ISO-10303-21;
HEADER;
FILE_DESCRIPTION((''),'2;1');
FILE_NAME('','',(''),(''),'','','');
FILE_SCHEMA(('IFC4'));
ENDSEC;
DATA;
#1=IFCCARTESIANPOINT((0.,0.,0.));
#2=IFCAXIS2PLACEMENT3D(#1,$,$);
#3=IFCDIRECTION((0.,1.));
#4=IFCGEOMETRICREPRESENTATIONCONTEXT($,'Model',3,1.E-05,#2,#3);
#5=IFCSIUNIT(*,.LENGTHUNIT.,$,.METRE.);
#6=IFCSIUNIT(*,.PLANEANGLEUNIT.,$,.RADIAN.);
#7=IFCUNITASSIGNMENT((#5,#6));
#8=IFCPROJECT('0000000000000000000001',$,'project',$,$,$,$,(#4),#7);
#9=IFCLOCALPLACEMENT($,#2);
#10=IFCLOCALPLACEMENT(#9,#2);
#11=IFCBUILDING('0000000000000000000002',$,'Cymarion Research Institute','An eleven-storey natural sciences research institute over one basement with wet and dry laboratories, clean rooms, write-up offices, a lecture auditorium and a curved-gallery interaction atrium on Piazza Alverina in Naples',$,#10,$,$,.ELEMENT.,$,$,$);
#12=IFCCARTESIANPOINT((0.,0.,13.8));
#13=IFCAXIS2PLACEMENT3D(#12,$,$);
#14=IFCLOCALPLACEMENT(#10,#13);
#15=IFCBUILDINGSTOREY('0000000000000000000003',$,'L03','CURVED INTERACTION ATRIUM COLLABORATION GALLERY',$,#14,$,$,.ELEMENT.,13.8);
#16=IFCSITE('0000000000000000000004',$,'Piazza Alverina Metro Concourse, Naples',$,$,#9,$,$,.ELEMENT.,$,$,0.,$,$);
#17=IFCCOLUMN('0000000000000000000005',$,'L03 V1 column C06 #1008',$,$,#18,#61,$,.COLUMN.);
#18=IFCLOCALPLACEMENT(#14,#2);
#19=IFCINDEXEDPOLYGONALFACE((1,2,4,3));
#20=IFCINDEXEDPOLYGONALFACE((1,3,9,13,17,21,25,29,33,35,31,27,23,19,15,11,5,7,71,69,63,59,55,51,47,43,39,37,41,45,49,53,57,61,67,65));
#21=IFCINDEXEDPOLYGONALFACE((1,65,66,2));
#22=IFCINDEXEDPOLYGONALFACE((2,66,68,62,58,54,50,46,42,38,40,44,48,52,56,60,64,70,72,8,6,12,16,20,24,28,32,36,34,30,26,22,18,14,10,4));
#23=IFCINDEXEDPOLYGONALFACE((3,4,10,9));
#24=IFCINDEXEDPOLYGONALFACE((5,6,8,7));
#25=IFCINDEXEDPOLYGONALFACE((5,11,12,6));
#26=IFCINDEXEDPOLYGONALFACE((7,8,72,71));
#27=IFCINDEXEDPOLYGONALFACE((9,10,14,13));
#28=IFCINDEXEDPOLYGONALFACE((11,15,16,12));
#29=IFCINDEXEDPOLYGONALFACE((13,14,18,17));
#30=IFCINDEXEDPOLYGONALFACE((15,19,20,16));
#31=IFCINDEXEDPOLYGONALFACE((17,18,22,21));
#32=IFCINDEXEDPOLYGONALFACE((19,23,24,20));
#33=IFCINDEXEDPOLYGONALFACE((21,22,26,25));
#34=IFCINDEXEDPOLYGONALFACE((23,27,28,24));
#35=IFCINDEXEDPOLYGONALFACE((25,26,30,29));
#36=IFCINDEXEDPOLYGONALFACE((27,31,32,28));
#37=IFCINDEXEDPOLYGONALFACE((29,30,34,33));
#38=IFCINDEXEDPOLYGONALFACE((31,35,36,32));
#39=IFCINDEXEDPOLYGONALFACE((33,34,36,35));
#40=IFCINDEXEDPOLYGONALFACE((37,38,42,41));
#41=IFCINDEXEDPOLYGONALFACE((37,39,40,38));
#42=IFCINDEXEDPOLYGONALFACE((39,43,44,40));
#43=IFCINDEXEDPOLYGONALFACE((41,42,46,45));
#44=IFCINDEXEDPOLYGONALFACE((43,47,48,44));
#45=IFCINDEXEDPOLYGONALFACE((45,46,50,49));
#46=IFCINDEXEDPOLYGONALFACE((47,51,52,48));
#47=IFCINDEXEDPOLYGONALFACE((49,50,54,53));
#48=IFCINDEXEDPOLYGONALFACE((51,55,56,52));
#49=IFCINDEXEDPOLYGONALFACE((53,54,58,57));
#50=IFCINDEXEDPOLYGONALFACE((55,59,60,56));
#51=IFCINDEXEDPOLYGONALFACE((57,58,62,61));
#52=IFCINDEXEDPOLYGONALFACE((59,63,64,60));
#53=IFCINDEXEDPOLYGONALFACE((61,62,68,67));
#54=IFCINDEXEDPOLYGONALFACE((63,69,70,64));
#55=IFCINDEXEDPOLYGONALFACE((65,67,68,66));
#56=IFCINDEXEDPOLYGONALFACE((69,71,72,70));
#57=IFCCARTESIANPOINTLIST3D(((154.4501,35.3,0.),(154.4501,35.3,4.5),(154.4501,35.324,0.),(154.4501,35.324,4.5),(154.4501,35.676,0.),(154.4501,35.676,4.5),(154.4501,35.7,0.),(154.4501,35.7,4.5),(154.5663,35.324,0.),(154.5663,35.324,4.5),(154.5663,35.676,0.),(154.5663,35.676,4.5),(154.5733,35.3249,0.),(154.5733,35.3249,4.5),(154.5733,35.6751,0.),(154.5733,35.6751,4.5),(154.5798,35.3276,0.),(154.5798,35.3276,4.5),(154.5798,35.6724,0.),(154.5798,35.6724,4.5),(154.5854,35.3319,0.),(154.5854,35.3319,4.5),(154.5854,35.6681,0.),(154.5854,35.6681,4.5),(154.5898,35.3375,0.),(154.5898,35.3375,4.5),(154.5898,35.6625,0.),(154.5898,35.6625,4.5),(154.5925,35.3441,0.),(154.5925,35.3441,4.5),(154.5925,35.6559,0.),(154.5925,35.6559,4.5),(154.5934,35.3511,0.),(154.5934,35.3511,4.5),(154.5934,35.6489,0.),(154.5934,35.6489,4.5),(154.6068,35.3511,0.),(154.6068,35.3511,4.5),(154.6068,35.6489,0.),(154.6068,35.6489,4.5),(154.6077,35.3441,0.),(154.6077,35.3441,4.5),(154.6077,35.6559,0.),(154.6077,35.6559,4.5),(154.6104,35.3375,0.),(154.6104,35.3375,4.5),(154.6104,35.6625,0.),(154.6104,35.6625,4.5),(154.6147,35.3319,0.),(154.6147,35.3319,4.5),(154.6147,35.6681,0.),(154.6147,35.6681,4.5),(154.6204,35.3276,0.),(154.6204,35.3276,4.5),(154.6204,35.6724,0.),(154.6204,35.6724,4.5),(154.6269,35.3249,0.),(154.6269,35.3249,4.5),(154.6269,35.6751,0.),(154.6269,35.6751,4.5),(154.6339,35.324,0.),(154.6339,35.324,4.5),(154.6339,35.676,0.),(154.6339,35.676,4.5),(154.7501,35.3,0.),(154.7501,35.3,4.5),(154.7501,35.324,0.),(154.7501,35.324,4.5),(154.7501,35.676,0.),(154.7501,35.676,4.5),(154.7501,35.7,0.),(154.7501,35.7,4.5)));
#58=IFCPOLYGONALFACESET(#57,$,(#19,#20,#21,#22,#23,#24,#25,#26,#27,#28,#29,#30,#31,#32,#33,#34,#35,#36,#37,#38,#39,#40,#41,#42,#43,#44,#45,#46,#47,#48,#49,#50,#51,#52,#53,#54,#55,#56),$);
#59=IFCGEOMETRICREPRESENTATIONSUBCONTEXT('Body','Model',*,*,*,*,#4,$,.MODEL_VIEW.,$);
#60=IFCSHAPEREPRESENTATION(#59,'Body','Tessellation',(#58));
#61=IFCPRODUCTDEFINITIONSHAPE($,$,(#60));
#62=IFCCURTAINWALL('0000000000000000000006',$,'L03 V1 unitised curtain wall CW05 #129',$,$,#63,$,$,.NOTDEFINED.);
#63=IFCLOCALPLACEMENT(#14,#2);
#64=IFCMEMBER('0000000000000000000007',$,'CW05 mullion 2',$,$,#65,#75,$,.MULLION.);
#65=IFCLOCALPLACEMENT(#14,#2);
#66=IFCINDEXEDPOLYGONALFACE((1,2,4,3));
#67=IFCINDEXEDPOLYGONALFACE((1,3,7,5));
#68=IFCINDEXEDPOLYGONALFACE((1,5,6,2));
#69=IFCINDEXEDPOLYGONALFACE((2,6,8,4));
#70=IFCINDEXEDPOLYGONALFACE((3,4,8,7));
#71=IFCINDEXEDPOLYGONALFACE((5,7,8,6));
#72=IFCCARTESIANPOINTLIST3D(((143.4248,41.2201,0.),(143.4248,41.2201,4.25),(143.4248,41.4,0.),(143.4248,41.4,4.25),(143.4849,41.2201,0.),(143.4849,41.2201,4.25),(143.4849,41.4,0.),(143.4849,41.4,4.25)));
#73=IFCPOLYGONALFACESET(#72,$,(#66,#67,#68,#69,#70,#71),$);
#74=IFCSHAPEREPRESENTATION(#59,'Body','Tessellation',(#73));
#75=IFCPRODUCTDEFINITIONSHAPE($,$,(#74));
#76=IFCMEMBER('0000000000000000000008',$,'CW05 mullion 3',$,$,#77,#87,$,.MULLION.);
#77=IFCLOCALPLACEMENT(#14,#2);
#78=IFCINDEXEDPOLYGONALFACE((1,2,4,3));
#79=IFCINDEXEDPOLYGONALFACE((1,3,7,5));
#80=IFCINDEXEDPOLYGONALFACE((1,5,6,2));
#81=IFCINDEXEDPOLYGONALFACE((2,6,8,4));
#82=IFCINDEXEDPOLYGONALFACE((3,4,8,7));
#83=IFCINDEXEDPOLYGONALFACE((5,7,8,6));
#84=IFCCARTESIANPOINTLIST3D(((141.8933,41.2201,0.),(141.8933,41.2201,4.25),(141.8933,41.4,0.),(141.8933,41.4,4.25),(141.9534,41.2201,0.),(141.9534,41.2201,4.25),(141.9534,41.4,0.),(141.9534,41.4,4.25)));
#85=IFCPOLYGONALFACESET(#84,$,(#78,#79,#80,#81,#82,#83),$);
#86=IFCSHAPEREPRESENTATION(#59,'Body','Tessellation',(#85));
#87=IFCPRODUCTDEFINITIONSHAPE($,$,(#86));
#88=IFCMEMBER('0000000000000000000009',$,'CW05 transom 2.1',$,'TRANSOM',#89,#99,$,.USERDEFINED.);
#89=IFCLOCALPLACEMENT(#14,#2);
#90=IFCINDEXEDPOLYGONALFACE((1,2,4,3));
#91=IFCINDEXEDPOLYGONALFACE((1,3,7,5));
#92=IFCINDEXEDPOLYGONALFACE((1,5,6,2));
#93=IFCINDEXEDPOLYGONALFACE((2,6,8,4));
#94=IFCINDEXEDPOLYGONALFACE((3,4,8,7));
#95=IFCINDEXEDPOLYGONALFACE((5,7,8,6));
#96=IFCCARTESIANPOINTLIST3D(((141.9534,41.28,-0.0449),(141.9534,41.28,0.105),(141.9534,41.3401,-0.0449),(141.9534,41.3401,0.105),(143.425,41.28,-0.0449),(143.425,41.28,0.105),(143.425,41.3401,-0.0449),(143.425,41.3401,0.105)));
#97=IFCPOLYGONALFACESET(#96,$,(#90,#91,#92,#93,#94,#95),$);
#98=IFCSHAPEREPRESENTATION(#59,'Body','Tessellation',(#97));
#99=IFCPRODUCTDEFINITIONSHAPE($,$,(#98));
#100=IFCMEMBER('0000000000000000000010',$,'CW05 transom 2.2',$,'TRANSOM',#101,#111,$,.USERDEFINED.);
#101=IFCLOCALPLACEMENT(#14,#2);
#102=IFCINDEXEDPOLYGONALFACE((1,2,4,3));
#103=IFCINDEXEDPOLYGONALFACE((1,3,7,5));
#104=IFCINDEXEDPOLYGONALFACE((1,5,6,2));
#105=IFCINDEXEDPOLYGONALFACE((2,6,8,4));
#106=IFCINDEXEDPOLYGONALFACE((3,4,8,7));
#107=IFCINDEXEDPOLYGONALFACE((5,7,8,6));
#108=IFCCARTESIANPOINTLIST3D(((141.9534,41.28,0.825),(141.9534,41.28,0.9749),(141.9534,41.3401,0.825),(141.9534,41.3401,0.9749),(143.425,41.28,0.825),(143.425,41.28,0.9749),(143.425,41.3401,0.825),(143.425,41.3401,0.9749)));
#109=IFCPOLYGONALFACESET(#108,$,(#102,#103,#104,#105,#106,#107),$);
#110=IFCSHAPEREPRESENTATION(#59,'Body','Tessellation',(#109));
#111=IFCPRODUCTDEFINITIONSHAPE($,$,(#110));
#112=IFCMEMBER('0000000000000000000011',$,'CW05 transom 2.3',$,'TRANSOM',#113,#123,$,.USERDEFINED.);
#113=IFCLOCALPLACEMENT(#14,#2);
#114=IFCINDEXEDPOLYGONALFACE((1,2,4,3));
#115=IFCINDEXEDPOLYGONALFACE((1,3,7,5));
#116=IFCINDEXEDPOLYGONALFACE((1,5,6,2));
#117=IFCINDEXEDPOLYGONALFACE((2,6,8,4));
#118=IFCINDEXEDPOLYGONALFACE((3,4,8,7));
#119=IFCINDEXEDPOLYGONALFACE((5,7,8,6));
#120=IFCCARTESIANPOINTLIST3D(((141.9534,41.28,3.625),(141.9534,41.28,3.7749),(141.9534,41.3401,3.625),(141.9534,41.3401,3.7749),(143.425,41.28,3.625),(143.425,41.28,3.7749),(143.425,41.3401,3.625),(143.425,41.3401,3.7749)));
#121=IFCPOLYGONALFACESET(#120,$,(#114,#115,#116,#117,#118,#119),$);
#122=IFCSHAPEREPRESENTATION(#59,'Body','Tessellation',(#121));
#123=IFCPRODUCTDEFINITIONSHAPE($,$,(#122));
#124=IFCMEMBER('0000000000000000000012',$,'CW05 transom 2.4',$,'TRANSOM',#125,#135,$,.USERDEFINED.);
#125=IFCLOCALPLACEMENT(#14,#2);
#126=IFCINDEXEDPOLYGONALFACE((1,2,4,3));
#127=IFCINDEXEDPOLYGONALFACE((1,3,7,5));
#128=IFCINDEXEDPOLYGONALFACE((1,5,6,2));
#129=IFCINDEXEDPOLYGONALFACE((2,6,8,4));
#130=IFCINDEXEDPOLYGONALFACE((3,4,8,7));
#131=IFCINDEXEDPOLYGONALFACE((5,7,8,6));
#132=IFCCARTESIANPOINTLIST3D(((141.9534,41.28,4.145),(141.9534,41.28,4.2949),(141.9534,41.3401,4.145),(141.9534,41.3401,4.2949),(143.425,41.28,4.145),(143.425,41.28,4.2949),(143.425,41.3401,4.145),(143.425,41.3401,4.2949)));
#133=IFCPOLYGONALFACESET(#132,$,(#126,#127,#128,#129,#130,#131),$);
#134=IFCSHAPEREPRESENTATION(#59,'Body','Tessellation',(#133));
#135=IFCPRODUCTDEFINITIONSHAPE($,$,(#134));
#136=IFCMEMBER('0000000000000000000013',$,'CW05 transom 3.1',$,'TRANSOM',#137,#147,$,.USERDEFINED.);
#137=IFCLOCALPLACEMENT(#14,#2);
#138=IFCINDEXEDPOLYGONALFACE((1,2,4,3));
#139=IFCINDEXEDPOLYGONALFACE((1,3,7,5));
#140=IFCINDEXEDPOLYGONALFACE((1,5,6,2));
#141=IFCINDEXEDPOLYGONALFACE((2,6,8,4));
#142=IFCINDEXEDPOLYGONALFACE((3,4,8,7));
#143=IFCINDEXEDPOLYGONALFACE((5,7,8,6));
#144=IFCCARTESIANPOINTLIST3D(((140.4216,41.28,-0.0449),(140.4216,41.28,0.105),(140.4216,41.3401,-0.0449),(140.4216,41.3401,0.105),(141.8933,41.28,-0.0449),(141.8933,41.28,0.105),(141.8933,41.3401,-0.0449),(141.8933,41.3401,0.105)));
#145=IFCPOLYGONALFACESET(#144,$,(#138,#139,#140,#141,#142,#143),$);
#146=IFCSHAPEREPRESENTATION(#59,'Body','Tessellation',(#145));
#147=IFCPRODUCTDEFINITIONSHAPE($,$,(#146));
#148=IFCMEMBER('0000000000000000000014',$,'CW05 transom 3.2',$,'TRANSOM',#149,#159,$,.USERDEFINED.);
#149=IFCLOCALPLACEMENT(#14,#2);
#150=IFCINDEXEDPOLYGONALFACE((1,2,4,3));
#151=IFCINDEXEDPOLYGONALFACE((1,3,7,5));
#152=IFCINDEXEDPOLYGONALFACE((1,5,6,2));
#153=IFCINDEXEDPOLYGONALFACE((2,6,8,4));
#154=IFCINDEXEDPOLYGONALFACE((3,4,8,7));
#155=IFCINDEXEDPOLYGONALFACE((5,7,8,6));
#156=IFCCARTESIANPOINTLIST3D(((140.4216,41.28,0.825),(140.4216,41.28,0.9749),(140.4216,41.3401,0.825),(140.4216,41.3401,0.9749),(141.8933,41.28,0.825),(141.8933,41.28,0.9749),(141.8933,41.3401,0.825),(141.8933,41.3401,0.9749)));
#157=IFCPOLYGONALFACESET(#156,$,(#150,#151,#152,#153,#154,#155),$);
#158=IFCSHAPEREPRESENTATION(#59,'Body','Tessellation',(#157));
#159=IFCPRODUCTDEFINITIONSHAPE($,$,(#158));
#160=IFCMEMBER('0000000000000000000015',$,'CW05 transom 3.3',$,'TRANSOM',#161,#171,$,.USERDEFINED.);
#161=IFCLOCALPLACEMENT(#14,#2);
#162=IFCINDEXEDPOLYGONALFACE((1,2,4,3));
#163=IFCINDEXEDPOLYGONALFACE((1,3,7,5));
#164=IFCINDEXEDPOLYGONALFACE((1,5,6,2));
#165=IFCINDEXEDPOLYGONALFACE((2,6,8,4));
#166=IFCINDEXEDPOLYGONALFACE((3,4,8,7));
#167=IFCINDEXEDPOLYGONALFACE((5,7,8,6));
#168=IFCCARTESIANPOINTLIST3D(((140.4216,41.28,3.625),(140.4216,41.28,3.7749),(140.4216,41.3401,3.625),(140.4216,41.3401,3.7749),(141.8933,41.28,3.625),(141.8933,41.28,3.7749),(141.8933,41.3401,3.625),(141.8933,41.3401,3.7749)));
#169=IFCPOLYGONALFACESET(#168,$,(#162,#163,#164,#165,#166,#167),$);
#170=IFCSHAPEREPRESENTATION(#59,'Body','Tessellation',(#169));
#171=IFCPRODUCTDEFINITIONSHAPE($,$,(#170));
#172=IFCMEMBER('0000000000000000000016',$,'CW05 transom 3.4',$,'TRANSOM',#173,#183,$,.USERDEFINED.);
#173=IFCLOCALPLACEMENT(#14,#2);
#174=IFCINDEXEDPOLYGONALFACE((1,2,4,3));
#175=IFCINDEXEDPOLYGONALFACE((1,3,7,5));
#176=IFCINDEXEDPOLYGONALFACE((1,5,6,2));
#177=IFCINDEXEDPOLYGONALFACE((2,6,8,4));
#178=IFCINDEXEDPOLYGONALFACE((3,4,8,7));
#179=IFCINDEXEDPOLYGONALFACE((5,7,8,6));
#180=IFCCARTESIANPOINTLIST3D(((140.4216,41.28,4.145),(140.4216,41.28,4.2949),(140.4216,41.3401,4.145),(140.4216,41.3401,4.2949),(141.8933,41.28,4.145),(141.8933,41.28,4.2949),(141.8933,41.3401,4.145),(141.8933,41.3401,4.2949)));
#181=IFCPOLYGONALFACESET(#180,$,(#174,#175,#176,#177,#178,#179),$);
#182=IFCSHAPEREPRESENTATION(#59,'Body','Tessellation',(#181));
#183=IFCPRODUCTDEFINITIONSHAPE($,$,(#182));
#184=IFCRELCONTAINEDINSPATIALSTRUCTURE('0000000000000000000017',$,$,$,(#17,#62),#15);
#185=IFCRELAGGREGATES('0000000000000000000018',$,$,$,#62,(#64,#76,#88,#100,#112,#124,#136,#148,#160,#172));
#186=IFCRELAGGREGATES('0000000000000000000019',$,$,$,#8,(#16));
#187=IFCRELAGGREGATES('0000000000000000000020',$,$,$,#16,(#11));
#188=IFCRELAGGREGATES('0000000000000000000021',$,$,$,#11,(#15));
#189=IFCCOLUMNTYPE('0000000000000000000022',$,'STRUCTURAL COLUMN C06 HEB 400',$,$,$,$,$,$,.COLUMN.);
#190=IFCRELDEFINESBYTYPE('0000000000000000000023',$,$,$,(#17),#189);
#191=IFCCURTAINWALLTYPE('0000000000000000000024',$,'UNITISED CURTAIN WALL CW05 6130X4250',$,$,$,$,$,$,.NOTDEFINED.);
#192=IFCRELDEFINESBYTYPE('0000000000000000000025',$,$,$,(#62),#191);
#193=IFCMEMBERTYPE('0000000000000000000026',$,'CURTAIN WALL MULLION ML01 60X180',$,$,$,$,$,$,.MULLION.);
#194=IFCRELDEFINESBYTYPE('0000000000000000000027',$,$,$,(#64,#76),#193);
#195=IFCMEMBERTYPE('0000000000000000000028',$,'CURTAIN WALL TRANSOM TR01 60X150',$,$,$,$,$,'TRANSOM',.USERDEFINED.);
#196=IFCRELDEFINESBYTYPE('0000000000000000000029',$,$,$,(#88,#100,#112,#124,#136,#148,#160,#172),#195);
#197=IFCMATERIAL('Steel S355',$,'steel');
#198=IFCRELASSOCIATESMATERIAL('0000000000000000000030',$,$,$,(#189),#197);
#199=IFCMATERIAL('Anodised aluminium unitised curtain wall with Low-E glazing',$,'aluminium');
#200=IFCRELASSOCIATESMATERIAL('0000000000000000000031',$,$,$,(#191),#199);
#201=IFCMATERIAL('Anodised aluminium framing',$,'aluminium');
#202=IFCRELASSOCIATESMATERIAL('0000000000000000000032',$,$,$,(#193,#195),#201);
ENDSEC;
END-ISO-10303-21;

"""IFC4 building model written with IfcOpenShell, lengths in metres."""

from ifc_helpers import new_model, si_unit, direction, frame, origin, origin_2d, place, context, subcontext, project, spatial, rectangle, i_section, extrude, material, material_profile, profile_set, type_object, element, aggregate, save


model = new_model("IFC4")

# Units and contexts
model_context = context("Model", 3, precision=1e-05, world=origin(), true_north=direction((0.0, 1.0)))
body_context = subcontext(model_context, "Body", "Model", "MODEL_VIEW")
ifc_project = project(units=[si_unit("LENGTHUNIT", "METRE"), si_unit("PLANEANGLEUNIT", "RADIAN")], contexts=[model_context])

# Site, building, storey
site_placement = place(None, origin())
site = spatial("IfcSite", under=ifc_project, at=site_placement, Name="Piazza Alverina Metro Concourse, Naples", CompositionType="ELEMENT", RefElevation=0.0)
building_placement = place(site_placement, origin())
building = spatial("IfcBuilding", under=site, at=building_placement, Name="Cymarion Research Institute", Description="An eleven-storey natural sciences research institute over one basement with wet and dry laboratories, clean rooms, write-up offices, a lecture auditorium and a curved-gallery interaction atrium on Piazza Alverina in Naples", CompositionType="ELEMENT")
storey_placement = place(building_placement, frame((0.0, 0.0, 13.8)))
storey = spatial("IfcBuildingStorey", under=building, at=storey_placement, Name="L03", Description="CURVED INTERACTION ATRIUM COLLABORATION GALLERY", CompositionType="ELEMENT", Elevation=13.8)

# Column
ifc_material_1 = material(Name="Steel S355", Category="steel")
ifc_material_profile_1 = material_profile(ifc_material_1, i_section(OverallWidth=0.3, OverallDepth=0.3999, WebThickness=0.0134, FlangeThickness=0.0239, FilletRadius=0.0271, at=origin_2d()), Name="HEB 400")
ifc_profile_set_1 = profile_set([ifc_material_profile_1], Name="Steel S355")
column_type = type_object("IfcColumnType", Name="STRUCTURAL COLUMN C06 HEB 400", PredefinedType="COLUMN", material=ifc_profile_set_1)
column_placement = place(storey_placement, frame((154.6001, 35.5, 0.0), z_axis=(0.0, 0.0, 1.0), x_axis=(1.0, 0.0, 0.0)))
element("IfcColumn", 1, at=column_placement, inside=storey, type_object=column_type, Name="L03 V1 column C06 #1008", PredefinedType="COLUMN", context=body_context, shape_type="SweptSolid", body=[
    extrude(i_section(OverallWidth=0.3, OverallDepth=0.3999, WebThickness=0.0134, FlangeThickness=0.0239, FilletRadius=0.0271, at=origin_2d()), origin(), (0.0, 0.0, 1.0), 4.5),
])

# Curtain wall, members
ifc_material_2 = material(Name="Anodised aluminium unitised curtain wall with Low-E glazing", Category="aluminium")
curtain_wall_type = type_object("IfcCurtainWallType", Name="UNITISED CURTAIN WALL CW05 6130X4250", PredefinedType="NOTDEFINED", material=ifc_material_2)
curtain_wall_placement = place(storey_placement, origin())
curtain_wall = element("IfcCurtainWall", 2, at=curtain_wall_placement, inside=storey, type_object=curtain_wall_type, Name="L03 V1 unitised curtain wall CW05 #129", PredefinedType="NOTDEFINED")
ifc_material_3 = material(Name="Anodised aluminium framing", Category="aluminium")
ifc_material_profile_2 = material_profile(ifc_material_3, rectangle(XDim=0.0601, YDim=0.1799, at=origin_2d()), Name="ALU MULLION 60x180")
ifc_profile_set_2 = profile_set([ifc_material_profile_2], Name="Anodised aluminium framing")
member_type_1 = type_object("IfcMemberType", Name="CURTAIN WALL MULLION ML01 60X180", PredefinedType="MULLION", material=ifc_profile_set_2)
member_1_placement = place(storey_placement, frame((143.4548, 41.3101, 0.0), z_axis=(0.0, 0.0, 1.0), x_axis=(-1.0, 0.0, 0.0)))
member_1 = element("IfcMember", 3, at=member_1_placement, type_object=member_type_1, Name="CW05 mullion 2", PredefinedType="MULLION", context=body_context, shape_type="SweptSolid", body=[
    extrude(rectangle(XDim=0.0601, YDim=0.1799, at=origin_2d()), origin(), (0.0, 0.0, 1.0), 4.25),
])
member_2_placement = place(storey_placement, frame((141.9233, 41.3101, 0.0), z_axis=(0.0, 0.0, 1.0), x_axis=(-1.0, 0.0, 0.0)))
member_2 = element("IfcMember", 4, at=member_2_placement, type_object=member_type_1, Name="CW05 mullion 3", PredefinedType="MULLION", context=body_context, shape_type="SweptSolid", body=[
    extrude(rectangle(XDim=0.0601, YDim=0.1799, at=origin_2d()), origin(), (0.0, 0.0, 1.0), 4.25),
])
ifc_material_profile_3 = material_profile(ifc_material_3, rectangle(XDim=0.0601, YDim=0.1499, at=origin_2d()), Name="ALU TRANSOM 60x150")
ifc_profile_set_3 = profile_set([ifc_material_profile_3], Name="Anodised aluminium framing")
member_type_2 = type_object("IfcMemberType", Name="CURTAIN WALL TRANSOM TR01 60X150", ElementType="TRANSOM", PredefinedType="USERDEFINED", material=ifc_profile_set_3)
member_3_placement = place(storey_placement, frame((143.425, 41.3101, 0.03), z_axis=(-1.0, 0.0, 0.0), x_axis=(0.0, -1.0, 0.0)))
member_3 = element("IfcMember", 5, at=member_3_placement, type_object=member_type_2, Name="CW05 transom 2.1", ObjectType="TRANSOM", PredefinedType="USERDEFINED", context=body_context, shape_type="SweptSolid", body=[
    extrude(rectangle(XDim=0.0601, YDim=0.1499, at=origin_2d()), origin(), (0.0, 0.0, 1.0), 1.4717),
])
member_4_placement = place(storey_placement, frame((143.425, 41.3101, 0.8999), z_axis=(-1.0, 0.0, 0.0), x_axis=(0.0, -1.0, 0.0)))
member_4 = element("IfcMember", 6, at=member_4_placement, type_object=member_type_2, Name="CW05 transom 2.2", ObjectType="TRANSOM", PredefinedType="USERDEFINED", context=body_context, shape_type="SweptSolid", body=[
    extrude(rectangle(XDim=0.0601, YDim=0.1499, at=origin_2d()), origin(), (0.0, 0.0, 1.0), 1.4717),
])
member_5_placement = place(storey_placement, frame((143.425, 41.3101, 3.7), z_axis=(-1.0, 0.0, 0.0), x_axis=(0.0, -1.0, 0.0)))
member_5 = element("IfcMember", 7, at=member_5_placement, type_object=member_type_2, Name="CW05 transom 2.3", ObjectType="TRANSOM", PredefinedType="USERDEFINED", context=body_context, shape_type="SweptSolid", body=[
    extrude(rectangle(XDim=0.0601, YDim=0.1499, at=origin_2d()), origin(), (0.0, 0.0, 1.0), 1.4717),
])
member_6_placement = place(storey_placement, frame((143.425, 41.3101, 4.22), z_axis=(-1.0, 0.0, 0.0), x_axis=(0.0, -1.0, 0.0)))
member_6 = element("IfcMember", 8, at=member_6_placement, type_object=member_type_2, Name="CW05 transom 2.4", ObjectType="TRANSOM", PredefinedType="USERDEFINED", context=body_context, shape_type="SweptSolid", body=[
    extrude(rectangle(XDim=0.0601, YDim=0.1499, at=origin_2d()), origin(), (0.0, 0.0, 1.0), 1.4717),
])
member_7_placement = place(storey_placement, frame((141.8933, 41.3101, 0.03), z_axis=(-1.0, 0.0, 0.0), x_axis=(0.0, -1.0, 0.0)))
member_7 = element("IfcMember", 9, at=member_7_placement, type_object=member_type_2, Name="CW05 transom 3.1", ObjectType="TRANSOM", PredefinedType="USERDEFINED", context=body_context, shape_type="SweptSolid", body=[
    extrude(rectangle(XDim=0.0601, YDim=0.1499, at=origin_2d()), origin(), (0.0, 0.0, 1.0), 1.4717),
])
member_8_placement = place(storey_placement, frame((141.8933, 41.3101, 0.8999), z_axis=(-1.0, 0.0, 0.0), x_axis=(0.0, -1.0, 0.0)))
member_8 = element("IfcMember", 10, at=member_8_placement, type_object=member_type_2, Name="CW05 transom 3.2", ObjectType="TRANSOM", PredefinedType="USERDEFINED", context=body_context, shape_type="SweptSolid", body=[
    extrude(rectangle(XDim=0.0601, YDim=0.1499, at=origin_2d()), origin(), (0.0, 0.0, 1.0), 1.4717),
])
member_9_placement = place(storey_placement, frame((141.8933, 41.3101, 3.7), z_axis=(-1.0, 0.0, 0.0), x_axis=(0.0, -1.0, 0.0)))
member_9 = element("IfcMember", 11, at=member_9_placement, type_object=member_type_2, Name="CW05 transom 3.3", ObjectType="TRANSOM", PredefinedType="USERDEFINED", context=body_context, shape_type="SweptSolid", body=[
    extrude(rectangle(XDim=0.0601, YDim=0.1499, at=origin_2d()), origin(), (0.0, 0.0, 1.0), 1.4717),
])
member_10_placement = place(storey_placement, frame((141.8933, 41.3101, 4.22), z_axis=(-1.0, 0.0, 0.0), x_axis=(0.0, -1.0, 0.0)))
member_10 = element("IfcMember", 12, at=member_10_placement, type_object=member_type_2, Name="CW05 transom 3.4", ObjectType="TRANSOM", PredefinedType="USERDEFINED", context=body_context, shape_type="SweptSolid", body=[
    extrude(rectangle(XDim=0.0601, YDim=0.1499, at=origin_2d()), origin(), (0.0, 0.0, 1.0), 1.4717),
])

aggregate(curtain_wall, [member_1, member_2, member_3, member_4, member_5, member_6, member_7, member_8, member_9, member_10])

save(model, "model.ifc")
